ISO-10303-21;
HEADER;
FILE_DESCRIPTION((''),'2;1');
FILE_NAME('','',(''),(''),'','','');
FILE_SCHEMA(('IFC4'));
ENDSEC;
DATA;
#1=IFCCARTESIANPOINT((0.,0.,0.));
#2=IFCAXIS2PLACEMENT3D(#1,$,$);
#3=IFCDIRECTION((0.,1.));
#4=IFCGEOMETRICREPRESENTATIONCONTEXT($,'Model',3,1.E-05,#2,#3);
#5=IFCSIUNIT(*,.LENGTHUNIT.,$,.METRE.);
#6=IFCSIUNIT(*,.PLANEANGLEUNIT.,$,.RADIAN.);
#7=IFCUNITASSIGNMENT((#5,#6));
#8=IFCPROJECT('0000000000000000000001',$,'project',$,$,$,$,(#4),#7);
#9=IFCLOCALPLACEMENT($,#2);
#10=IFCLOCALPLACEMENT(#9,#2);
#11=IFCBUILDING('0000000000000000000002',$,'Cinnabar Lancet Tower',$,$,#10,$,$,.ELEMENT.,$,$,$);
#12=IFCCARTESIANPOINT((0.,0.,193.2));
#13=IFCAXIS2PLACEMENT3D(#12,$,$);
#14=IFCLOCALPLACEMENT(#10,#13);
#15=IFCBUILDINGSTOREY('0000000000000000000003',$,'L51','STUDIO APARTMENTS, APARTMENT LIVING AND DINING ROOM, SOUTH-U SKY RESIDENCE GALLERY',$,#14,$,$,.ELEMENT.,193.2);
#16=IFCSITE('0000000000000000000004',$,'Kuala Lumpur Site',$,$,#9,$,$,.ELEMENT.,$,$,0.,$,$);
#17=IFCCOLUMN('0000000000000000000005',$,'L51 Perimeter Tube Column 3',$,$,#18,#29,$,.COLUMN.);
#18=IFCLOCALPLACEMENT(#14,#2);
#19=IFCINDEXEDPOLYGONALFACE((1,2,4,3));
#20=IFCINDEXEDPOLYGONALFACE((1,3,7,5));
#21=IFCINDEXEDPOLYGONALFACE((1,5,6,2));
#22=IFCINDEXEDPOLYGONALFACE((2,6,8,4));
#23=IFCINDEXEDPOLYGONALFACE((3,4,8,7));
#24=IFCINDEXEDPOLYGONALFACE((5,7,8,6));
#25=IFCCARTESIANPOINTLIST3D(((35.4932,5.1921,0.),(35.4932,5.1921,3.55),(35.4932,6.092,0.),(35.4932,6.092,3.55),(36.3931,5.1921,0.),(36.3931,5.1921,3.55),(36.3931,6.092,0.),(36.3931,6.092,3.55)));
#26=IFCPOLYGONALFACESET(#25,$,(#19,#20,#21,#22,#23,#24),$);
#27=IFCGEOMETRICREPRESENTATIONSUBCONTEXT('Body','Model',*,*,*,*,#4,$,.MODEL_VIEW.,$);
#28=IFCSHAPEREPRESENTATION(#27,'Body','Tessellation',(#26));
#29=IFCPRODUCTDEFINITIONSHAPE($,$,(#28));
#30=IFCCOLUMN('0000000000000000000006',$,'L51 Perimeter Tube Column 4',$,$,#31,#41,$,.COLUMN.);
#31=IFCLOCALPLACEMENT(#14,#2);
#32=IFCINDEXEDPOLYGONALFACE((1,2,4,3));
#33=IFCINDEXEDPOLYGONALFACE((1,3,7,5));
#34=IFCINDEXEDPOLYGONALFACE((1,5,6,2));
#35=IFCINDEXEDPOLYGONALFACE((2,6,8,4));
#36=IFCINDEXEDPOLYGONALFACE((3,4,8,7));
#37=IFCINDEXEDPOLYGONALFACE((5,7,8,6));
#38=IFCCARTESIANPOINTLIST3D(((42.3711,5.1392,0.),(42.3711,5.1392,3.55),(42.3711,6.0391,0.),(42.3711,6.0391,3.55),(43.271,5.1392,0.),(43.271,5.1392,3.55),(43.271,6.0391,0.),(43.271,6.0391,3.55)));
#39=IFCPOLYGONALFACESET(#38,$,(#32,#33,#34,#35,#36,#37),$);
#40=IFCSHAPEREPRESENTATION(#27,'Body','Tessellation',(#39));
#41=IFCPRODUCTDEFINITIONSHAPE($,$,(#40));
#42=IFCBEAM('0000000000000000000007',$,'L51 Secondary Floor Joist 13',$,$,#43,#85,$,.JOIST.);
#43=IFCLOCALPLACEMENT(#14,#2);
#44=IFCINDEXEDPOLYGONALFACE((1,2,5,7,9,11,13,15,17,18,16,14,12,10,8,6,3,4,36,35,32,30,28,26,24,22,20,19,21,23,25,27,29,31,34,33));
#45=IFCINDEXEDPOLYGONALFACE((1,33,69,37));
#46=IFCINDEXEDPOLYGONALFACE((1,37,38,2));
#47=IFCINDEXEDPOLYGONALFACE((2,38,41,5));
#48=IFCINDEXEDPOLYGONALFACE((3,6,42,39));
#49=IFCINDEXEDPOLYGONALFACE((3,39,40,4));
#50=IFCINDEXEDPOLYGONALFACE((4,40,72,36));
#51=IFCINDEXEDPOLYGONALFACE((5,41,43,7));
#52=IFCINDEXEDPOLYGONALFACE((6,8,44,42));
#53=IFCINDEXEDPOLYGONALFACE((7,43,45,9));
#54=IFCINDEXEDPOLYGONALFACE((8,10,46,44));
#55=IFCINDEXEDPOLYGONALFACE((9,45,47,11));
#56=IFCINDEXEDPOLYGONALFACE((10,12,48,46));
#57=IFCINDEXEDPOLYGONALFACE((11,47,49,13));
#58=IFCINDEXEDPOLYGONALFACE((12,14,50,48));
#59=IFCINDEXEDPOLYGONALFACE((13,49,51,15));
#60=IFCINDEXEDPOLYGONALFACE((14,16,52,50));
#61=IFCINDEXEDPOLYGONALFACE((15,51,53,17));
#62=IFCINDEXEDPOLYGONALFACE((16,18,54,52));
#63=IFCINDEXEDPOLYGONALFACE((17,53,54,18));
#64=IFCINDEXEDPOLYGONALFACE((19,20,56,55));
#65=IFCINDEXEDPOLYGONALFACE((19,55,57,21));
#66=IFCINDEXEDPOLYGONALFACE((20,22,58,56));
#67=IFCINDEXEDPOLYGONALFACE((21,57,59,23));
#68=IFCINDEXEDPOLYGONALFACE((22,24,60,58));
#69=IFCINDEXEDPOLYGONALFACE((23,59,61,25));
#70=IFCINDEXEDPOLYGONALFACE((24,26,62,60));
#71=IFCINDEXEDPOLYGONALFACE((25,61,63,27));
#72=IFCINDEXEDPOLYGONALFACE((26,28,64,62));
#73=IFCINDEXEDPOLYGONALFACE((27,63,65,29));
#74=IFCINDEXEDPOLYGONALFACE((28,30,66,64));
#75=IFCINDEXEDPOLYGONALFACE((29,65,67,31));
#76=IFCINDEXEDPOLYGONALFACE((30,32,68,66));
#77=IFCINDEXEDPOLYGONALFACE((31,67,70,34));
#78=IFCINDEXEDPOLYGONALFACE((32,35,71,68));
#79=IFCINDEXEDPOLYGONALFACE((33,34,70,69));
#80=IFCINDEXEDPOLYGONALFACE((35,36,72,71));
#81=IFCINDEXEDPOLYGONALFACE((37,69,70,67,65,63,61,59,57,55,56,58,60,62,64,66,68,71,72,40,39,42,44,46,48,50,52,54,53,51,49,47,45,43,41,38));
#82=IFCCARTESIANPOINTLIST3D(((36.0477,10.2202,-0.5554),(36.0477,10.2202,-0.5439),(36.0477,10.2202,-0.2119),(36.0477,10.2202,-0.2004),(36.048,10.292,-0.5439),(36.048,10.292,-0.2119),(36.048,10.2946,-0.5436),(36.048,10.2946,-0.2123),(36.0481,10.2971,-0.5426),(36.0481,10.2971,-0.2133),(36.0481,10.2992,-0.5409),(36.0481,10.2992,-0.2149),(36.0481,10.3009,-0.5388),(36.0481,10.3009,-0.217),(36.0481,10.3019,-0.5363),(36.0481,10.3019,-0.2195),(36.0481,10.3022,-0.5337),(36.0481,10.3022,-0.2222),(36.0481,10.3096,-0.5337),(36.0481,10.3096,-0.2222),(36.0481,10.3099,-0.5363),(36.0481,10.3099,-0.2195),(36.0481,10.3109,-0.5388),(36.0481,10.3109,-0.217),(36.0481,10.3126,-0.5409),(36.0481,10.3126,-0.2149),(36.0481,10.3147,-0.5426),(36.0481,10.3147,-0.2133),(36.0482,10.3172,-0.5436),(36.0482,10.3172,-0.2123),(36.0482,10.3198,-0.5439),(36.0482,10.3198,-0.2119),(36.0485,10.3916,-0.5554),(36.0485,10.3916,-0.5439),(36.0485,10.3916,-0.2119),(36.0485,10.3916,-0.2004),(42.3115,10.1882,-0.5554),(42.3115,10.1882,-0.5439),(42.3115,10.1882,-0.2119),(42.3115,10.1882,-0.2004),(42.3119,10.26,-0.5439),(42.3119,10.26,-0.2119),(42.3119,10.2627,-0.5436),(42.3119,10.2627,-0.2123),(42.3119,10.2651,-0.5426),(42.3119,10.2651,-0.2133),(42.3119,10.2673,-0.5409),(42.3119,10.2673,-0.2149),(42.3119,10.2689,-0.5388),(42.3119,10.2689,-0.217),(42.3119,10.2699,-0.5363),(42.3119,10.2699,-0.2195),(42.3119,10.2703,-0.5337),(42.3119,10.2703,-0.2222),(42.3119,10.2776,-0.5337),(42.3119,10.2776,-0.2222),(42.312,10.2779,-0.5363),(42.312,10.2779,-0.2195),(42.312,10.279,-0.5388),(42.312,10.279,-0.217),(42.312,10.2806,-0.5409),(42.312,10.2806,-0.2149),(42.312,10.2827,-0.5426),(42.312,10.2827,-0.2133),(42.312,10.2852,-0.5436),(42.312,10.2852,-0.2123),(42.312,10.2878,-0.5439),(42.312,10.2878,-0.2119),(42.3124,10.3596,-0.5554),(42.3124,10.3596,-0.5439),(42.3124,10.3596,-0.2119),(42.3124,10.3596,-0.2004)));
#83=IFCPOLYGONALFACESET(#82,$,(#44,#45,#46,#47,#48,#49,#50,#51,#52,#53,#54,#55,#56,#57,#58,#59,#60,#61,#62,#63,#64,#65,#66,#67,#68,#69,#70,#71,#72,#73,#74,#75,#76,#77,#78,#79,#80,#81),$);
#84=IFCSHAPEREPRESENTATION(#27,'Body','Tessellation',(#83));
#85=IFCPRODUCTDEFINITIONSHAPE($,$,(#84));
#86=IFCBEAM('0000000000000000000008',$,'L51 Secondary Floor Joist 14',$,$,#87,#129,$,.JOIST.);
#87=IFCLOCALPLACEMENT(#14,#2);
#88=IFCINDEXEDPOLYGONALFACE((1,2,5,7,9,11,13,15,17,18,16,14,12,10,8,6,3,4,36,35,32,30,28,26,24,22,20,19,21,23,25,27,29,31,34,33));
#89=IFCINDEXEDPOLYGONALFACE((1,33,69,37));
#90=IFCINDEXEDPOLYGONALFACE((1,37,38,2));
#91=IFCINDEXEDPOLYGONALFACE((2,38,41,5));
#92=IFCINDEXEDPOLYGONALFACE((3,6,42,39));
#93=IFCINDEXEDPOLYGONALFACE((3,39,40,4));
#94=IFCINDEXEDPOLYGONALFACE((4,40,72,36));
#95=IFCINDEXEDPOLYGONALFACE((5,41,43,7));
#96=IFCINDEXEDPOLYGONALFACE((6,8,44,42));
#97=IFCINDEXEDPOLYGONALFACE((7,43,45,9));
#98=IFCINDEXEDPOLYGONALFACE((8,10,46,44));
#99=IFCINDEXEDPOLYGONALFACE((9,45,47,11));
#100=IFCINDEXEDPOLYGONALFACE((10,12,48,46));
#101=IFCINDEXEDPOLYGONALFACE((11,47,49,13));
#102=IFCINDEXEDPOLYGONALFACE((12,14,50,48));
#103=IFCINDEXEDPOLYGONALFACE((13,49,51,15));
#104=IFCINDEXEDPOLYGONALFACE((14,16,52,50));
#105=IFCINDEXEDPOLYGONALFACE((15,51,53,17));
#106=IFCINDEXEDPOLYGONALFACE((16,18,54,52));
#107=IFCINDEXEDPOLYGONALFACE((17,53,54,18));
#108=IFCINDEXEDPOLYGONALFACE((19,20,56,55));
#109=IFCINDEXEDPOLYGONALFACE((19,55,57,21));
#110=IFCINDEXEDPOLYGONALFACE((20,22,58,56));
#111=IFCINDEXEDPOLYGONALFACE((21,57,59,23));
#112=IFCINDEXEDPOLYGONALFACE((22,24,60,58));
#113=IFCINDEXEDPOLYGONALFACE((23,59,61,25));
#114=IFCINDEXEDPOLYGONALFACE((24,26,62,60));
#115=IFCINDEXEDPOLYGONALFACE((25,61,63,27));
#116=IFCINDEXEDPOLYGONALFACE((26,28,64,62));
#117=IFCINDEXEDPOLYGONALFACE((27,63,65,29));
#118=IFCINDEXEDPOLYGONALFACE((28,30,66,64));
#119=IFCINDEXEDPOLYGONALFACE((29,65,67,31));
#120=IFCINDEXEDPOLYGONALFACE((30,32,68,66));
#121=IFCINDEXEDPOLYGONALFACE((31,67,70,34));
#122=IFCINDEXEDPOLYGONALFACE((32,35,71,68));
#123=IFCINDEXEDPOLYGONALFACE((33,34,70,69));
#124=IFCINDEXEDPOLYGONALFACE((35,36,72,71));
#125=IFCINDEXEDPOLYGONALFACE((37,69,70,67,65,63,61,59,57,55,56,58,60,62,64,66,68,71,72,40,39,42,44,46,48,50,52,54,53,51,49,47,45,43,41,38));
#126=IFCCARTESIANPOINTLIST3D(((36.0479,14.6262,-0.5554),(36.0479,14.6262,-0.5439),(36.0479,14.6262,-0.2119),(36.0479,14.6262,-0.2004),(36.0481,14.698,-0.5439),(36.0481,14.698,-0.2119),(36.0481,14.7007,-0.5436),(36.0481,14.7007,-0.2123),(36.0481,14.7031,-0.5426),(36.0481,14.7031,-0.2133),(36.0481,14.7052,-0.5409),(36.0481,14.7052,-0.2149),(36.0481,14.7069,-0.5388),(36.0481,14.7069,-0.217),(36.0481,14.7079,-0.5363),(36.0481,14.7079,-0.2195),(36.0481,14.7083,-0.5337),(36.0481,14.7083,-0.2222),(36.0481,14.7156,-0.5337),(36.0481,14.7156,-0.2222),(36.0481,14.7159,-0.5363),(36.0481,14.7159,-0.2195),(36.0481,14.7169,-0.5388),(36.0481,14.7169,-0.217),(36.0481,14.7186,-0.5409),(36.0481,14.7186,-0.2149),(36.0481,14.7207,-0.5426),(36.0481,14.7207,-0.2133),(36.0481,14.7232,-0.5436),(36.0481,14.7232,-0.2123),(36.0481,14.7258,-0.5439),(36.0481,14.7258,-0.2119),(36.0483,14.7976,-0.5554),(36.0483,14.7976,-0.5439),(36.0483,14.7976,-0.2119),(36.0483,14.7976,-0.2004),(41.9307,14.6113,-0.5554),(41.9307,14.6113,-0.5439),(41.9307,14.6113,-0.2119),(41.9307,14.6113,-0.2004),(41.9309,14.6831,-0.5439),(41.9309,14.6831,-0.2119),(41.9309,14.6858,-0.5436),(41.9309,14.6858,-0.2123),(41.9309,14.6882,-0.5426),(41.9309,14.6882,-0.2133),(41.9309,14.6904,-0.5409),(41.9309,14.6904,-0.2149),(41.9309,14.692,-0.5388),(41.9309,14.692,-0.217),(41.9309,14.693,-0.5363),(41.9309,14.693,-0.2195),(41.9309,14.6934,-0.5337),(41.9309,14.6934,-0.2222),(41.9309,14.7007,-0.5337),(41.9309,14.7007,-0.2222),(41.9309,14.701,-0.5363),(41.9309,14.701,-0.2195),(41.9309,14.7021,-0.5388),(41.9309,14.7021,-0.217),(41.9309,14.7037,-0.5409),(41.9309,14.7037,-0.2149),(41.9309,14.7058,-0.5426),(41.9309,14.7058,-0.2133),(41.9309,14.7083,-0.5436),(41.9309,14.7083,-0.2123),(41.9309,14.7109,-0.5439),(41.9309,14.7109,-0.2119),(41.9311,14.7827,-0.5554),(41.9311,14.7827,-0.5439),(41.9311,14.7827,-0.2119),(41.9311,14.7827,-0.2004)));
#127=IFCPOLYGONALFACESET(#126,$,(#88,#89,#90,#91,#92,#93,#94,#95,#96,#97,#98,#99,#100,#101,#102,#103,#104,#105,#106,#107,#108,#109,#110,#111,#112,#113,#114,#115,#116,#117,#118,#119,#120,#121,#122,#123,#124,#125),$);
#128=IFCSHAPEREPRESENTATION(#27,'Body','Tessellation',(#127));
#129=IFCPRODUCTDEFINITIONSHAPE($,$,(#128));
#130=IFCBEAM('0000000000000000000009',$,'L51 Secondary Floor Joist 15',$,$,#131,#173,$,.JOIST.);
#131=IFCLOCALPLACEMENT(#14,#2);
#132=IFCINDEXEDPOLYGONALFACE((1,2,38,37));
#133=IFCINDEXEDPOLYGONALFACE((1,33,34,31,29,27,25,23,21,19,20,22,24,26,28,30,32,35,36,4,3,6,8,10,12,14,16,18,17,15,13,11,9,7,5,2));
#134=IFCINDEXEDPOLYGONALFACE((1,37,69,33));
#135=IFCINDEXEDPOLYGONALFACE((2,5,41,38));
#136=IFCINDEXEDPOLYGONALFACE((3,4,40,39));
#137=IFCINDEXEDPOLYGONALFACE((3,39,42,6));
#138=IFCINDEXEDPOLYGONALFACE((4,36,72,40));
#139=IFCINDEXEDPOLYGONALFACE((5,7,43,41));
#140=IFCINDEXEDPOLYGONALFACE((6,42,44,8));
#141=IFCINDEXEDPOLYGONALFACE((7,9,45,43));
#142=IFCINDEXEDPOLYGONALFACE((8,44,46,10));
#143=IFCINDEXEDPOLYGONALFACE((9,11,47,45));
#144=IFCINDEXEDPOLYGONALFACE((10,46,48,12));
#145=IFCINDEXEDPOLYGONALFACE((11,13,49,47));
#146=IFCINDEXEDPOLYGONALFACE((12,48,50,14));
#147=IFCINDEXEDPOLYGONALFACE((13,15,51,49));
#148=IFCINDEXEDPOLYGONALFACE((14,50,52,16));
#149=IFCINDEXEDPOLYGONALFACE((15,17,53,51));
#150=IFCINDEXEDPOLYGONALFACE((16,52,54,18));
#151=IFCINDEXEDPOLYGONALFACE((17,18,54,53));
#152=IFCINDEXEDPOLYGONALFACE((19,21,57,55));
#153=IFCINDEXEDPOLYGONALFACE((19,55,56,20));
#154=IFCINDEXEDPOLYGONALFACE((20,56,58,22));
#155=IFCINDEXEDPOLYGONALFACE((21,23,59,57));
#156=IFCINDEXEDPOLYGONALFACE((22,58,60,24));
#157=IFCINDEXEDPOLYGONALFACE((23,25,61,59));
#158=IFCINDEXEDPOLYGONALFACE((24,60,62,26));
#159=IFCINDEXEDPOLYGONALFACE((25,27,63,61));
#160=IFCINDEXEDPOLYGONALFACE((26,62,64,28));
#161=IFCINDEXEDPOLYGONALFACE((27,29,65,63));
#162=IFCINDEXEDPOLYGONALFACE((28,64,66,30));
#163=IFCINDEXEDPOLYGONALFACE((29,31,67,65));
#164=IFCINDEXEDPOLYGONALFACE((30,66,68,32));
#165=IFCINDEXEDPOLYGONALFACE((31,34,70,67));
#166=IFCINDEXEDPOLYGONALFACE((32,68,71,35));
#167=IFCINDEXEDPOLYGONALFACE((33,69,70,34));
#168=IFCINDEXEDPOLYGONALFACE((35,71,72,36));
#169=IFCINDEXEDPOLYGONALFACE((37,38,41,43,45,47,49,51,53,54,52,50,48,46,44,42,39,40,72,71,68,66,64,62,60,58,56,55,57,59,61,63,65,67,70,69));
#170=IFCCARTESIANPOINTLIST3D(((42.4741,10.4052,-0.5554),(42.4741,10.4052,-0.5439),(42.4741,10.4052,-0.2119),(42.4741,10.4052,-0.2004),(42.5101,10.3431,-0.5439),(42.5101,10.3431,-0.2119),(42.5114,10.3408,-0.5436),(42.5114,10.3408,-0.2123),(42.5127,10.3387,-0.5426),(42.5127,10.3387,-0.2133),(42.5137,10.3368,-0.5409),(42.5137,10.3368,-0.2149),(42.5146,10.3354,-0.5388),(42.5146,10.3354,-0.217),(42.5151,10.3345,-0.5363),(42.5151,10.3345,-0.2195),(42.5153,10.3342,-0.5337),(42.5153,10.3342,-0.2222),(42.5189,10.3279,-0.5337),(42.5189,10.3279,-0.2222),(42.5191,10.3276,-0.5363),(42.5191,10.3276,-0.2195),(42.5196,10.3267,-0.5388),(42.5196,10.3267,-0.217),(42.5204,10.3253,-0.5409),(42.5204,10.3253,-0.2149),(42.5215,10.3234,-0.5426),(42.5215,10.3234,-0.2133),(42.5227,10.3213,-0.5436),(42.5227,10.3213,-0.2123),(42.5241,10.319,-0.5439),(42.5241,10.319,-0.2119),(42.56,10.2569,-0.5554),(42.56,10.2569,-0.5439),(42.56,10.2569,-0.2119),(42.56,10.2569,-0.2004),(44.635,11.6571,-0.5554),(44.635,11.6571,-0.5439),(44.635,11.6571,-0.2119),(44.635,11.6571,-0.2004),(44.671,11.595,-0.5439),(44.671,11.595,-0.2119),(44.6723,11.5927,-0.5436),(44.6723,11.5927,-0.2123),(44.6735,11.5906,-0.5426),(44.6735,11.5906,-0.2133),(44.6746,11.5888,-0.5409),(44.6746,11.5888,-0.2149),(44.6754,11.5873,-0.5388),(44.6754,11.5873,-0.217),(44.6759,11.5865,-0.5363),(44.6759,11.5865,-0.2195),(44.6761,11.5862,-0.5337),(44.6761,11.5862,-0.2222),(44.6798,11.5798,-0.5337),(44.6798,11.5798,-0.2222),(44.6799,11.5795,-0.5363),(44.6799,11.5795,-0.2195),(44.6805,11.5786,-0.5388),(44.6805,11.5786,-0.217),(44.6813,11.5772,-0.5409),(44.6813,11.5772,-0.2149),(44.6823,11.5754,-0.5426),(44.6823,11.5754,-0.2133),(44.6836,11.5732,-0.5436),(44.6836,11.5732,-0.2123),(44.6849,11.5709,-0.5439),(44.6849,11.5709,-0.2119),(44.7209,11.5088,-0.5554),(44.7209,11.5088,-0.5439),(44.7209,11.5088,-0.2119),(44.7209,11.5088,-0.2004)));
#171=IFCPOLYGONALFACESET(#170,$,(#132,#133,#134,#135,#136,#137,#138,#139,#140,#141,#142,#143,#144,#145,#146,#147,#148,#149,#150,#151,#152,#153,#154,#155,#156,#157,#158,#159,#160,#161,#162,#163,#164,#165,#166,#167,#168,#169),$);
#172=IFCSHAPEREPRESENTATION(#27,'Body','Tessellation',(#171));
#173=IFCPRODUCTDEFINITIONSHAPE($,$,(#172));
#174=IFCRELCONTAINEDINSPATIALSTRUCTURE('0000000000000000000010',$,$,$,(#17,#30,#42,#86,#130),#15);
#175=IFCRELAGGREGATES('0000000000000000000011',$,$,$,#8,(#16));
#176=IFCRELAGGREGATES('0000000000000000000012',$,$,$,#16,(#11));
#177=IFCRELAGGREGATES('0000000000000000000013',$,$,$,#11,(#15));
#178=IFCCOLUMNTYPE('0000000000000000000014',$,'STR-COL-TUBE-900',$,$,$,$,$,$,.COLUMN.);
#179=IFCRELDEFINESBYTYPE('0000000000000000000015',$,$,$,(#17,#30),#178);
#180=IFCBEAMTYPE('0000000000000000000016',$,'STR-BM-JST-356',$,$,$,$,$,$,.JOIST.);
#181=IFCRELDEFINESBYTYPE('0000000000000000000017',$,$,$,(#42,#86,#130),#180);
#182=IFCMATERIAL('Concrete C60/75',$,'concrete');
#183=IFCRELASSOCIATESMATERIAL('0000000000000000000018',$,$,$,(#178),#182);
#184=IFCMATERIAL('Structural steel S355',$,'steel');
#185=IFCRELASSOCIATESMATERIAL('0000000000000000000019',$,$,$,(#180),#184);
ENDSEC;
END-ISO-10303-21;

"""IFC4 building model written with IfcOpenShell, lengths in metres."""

from ifc_helpers import new_model, si_unit, direction, frame, origin, origin_2d, place, context, subcontext, project, spatial, rectangle, i_section, extrude, material, material_profile, profile_set, type_object, element, save


model = new_model("IFC4")

# Units and contexts
model_context = context("Model", 3, precision=1e-05, world=origin(), true_north=direction((0.0, 1.0)))
body_context = subcontext(model_context, "Body", "Model", "MODEL_VIEW")
ifc_project = project(units=[si_unit("LENGTHUNIT", "METRE"), si_unit("PLANEANGLEUNIT", "RADIAN")], contexts=[model_context])

# Site, building, storey
site_placement = place(None, origin())
site = spatial("IfcSite", under=ifc_project, at=site_placement, Name="Kuala Lumpur Site", CompositionType="ELEMENT", RefElevation=0.0)
building_placement = place(site_placement, origin())
building = spatial("IfcBuilding", under=site, at=building_placement, Name="Cinnabar Lancet Tower", CompositionType="ELEMENT")
storey_placement = place(building_placement, frame((0.0, 0.0, 193.2)))
storey = spatial("IfcBuildingStorey", under=building, at=storey_placement, Name="L51", Description="STUDIO APARTMENTS, APARTMENT LIVING AND DINING ROOM, SOUTH-U SKY RESIDENCE GALLERY", CompositionType="ELEMENT", Elevation=193.2)

# Columns
ifc_material_1 = material(Name="Concrete C60/75", Category="concrete")
ifc_material_profile_1 = material_profile(ifc_material_1, rectangle(XDim=0.8999, YDim=0.8999, at=origin_2d()), Name="RC-COL 900x900")
ifc_profile_set_1 = profile_set([ifc_material_profile_1], Name="Concrete C60/75")
column_type = type_object("IfcColumnType", Name="STR-COL-TUBE-900", PredefinedType="COLUMN", material=ifc_profile_set_1)
for number, where, z_axis, x_axis, name in (
    (1, (35.9431, 5.6421, 0.0), (0.0, 0.0, 1.0), (1.0, 0.0, 0.0), "L51 Perimeter Tube Column 3"),
    (2, (42.821, 5.5891, 0.0), (0.0, 0.0, 1.0), (1.0, 0.0, 0.0), "L51 Perimeter Tube Column 4"),
):
    element("IfcColumn", number, at=place(storey_placement, frame(where, z_axis=z_axis, x_axis=x_axis)), inside=storey, type_object=column_type, Name=name, PredefinedType="COLUMN", context=body_context, shape_type="SweptSolid", body=[
        extrude(rectangle(XDim=0.8999, YDim=0.8999, at=origin_2d()), origin(), (0.0, 0.0, 1.0), 3.55),
    ])

# Beams
ifc_material_2 = material(Name="Structural steel S355", Category="steel")
ifc_material_profile_2 = material_profile(ifc_material_2, i_section(OverallWidth=0.1714, OverallDepth=0.355, WebThickness=0.0073, FlangeThickness=0.0115, FilletRadius=0.0103, at=origin_2d()), Name="UKB 356x171x51")
ifc_profile_set_2 = profile_set([ifc_material_profile_2], Name="Structural steel S355")
beam_type_1 = type_object("IfcBeamType", Name="STR-BM-JST-356", PredefinedType="JOIST", material=ifc_profile_set_2)
beam_1_placement = place(storey_placement, frame((36.0481, 10.3059, -0.3779), z_axis=(0.999987, -0.005106, 0.0), x_axis=(0.005106, 0.999987, 0.0)))
element("IfcBeam", 3, at=beam_1_placement, inside=storey, type_object=beam_type_1, Name="L51 Secondary Floor Joist 13", PredefinedType="JOIST", context=body_context, shape_type="SweptSolid", body=[
    extrude(i_section(OverallWidth=0.1714, OverallDepth=0.355, WebThickness=0.0073, FlangeThickness=0.0115, FilletRadius=0.0103, at=origin_2d()), origin(), (0.0, 0.0, 1.0), 6.2639),
])
beam_2_placement = place(storey_placement, frame((36.0481, 14.7119, -0.3779), z_axis=(0.999997, -0.002532, 0.0), x_axis=(0.002532, 0.999997, 0.0)))
element("IfcBeam", 4, at=beam_2_placement, inside=storey, type_object=beam_type_1, Name="L51 Secondary Floor Joist 14", PredefinedType="JOIST", context=body_context, shape_type="SweptSolid", body=[
    extrude(i_section(OverallWidth=0.1714, OverallDepth=0.355, WebThickness=0.0073, FlangeThickness=0.0115, FilletRadius=0.0103, at=origin_2d()), origin(), (0.0, 0.0, 1.0), 5.8828),
])
beam_3_placement = place(storey_placement, frame((42.5171, 10.3311, -0.3779), z_axis=(0.865268, 0.50131, 0.0), x_axis=(-0.50131, 0.865268, 0.0)))
element("IfcBeam", 5, at=beam_3_placement, inside=storey, type_object=beam_type_1, Name="L51 Secondary Floor Joist 15", PredefinedType="JOIST", context=body_context, shape_type="SweptSolid", body=[
    extrude(i_section(OverallWidth=0.1714, OverallDepth=0.355, WebThickness=0.0073, FlangeThickness=0.0115, FilletRadius=0.0103, at=origin_2d()), origin(), (0.0, 0.0, 1.0), 2.4973),
])

save(model, "model.ifc")
